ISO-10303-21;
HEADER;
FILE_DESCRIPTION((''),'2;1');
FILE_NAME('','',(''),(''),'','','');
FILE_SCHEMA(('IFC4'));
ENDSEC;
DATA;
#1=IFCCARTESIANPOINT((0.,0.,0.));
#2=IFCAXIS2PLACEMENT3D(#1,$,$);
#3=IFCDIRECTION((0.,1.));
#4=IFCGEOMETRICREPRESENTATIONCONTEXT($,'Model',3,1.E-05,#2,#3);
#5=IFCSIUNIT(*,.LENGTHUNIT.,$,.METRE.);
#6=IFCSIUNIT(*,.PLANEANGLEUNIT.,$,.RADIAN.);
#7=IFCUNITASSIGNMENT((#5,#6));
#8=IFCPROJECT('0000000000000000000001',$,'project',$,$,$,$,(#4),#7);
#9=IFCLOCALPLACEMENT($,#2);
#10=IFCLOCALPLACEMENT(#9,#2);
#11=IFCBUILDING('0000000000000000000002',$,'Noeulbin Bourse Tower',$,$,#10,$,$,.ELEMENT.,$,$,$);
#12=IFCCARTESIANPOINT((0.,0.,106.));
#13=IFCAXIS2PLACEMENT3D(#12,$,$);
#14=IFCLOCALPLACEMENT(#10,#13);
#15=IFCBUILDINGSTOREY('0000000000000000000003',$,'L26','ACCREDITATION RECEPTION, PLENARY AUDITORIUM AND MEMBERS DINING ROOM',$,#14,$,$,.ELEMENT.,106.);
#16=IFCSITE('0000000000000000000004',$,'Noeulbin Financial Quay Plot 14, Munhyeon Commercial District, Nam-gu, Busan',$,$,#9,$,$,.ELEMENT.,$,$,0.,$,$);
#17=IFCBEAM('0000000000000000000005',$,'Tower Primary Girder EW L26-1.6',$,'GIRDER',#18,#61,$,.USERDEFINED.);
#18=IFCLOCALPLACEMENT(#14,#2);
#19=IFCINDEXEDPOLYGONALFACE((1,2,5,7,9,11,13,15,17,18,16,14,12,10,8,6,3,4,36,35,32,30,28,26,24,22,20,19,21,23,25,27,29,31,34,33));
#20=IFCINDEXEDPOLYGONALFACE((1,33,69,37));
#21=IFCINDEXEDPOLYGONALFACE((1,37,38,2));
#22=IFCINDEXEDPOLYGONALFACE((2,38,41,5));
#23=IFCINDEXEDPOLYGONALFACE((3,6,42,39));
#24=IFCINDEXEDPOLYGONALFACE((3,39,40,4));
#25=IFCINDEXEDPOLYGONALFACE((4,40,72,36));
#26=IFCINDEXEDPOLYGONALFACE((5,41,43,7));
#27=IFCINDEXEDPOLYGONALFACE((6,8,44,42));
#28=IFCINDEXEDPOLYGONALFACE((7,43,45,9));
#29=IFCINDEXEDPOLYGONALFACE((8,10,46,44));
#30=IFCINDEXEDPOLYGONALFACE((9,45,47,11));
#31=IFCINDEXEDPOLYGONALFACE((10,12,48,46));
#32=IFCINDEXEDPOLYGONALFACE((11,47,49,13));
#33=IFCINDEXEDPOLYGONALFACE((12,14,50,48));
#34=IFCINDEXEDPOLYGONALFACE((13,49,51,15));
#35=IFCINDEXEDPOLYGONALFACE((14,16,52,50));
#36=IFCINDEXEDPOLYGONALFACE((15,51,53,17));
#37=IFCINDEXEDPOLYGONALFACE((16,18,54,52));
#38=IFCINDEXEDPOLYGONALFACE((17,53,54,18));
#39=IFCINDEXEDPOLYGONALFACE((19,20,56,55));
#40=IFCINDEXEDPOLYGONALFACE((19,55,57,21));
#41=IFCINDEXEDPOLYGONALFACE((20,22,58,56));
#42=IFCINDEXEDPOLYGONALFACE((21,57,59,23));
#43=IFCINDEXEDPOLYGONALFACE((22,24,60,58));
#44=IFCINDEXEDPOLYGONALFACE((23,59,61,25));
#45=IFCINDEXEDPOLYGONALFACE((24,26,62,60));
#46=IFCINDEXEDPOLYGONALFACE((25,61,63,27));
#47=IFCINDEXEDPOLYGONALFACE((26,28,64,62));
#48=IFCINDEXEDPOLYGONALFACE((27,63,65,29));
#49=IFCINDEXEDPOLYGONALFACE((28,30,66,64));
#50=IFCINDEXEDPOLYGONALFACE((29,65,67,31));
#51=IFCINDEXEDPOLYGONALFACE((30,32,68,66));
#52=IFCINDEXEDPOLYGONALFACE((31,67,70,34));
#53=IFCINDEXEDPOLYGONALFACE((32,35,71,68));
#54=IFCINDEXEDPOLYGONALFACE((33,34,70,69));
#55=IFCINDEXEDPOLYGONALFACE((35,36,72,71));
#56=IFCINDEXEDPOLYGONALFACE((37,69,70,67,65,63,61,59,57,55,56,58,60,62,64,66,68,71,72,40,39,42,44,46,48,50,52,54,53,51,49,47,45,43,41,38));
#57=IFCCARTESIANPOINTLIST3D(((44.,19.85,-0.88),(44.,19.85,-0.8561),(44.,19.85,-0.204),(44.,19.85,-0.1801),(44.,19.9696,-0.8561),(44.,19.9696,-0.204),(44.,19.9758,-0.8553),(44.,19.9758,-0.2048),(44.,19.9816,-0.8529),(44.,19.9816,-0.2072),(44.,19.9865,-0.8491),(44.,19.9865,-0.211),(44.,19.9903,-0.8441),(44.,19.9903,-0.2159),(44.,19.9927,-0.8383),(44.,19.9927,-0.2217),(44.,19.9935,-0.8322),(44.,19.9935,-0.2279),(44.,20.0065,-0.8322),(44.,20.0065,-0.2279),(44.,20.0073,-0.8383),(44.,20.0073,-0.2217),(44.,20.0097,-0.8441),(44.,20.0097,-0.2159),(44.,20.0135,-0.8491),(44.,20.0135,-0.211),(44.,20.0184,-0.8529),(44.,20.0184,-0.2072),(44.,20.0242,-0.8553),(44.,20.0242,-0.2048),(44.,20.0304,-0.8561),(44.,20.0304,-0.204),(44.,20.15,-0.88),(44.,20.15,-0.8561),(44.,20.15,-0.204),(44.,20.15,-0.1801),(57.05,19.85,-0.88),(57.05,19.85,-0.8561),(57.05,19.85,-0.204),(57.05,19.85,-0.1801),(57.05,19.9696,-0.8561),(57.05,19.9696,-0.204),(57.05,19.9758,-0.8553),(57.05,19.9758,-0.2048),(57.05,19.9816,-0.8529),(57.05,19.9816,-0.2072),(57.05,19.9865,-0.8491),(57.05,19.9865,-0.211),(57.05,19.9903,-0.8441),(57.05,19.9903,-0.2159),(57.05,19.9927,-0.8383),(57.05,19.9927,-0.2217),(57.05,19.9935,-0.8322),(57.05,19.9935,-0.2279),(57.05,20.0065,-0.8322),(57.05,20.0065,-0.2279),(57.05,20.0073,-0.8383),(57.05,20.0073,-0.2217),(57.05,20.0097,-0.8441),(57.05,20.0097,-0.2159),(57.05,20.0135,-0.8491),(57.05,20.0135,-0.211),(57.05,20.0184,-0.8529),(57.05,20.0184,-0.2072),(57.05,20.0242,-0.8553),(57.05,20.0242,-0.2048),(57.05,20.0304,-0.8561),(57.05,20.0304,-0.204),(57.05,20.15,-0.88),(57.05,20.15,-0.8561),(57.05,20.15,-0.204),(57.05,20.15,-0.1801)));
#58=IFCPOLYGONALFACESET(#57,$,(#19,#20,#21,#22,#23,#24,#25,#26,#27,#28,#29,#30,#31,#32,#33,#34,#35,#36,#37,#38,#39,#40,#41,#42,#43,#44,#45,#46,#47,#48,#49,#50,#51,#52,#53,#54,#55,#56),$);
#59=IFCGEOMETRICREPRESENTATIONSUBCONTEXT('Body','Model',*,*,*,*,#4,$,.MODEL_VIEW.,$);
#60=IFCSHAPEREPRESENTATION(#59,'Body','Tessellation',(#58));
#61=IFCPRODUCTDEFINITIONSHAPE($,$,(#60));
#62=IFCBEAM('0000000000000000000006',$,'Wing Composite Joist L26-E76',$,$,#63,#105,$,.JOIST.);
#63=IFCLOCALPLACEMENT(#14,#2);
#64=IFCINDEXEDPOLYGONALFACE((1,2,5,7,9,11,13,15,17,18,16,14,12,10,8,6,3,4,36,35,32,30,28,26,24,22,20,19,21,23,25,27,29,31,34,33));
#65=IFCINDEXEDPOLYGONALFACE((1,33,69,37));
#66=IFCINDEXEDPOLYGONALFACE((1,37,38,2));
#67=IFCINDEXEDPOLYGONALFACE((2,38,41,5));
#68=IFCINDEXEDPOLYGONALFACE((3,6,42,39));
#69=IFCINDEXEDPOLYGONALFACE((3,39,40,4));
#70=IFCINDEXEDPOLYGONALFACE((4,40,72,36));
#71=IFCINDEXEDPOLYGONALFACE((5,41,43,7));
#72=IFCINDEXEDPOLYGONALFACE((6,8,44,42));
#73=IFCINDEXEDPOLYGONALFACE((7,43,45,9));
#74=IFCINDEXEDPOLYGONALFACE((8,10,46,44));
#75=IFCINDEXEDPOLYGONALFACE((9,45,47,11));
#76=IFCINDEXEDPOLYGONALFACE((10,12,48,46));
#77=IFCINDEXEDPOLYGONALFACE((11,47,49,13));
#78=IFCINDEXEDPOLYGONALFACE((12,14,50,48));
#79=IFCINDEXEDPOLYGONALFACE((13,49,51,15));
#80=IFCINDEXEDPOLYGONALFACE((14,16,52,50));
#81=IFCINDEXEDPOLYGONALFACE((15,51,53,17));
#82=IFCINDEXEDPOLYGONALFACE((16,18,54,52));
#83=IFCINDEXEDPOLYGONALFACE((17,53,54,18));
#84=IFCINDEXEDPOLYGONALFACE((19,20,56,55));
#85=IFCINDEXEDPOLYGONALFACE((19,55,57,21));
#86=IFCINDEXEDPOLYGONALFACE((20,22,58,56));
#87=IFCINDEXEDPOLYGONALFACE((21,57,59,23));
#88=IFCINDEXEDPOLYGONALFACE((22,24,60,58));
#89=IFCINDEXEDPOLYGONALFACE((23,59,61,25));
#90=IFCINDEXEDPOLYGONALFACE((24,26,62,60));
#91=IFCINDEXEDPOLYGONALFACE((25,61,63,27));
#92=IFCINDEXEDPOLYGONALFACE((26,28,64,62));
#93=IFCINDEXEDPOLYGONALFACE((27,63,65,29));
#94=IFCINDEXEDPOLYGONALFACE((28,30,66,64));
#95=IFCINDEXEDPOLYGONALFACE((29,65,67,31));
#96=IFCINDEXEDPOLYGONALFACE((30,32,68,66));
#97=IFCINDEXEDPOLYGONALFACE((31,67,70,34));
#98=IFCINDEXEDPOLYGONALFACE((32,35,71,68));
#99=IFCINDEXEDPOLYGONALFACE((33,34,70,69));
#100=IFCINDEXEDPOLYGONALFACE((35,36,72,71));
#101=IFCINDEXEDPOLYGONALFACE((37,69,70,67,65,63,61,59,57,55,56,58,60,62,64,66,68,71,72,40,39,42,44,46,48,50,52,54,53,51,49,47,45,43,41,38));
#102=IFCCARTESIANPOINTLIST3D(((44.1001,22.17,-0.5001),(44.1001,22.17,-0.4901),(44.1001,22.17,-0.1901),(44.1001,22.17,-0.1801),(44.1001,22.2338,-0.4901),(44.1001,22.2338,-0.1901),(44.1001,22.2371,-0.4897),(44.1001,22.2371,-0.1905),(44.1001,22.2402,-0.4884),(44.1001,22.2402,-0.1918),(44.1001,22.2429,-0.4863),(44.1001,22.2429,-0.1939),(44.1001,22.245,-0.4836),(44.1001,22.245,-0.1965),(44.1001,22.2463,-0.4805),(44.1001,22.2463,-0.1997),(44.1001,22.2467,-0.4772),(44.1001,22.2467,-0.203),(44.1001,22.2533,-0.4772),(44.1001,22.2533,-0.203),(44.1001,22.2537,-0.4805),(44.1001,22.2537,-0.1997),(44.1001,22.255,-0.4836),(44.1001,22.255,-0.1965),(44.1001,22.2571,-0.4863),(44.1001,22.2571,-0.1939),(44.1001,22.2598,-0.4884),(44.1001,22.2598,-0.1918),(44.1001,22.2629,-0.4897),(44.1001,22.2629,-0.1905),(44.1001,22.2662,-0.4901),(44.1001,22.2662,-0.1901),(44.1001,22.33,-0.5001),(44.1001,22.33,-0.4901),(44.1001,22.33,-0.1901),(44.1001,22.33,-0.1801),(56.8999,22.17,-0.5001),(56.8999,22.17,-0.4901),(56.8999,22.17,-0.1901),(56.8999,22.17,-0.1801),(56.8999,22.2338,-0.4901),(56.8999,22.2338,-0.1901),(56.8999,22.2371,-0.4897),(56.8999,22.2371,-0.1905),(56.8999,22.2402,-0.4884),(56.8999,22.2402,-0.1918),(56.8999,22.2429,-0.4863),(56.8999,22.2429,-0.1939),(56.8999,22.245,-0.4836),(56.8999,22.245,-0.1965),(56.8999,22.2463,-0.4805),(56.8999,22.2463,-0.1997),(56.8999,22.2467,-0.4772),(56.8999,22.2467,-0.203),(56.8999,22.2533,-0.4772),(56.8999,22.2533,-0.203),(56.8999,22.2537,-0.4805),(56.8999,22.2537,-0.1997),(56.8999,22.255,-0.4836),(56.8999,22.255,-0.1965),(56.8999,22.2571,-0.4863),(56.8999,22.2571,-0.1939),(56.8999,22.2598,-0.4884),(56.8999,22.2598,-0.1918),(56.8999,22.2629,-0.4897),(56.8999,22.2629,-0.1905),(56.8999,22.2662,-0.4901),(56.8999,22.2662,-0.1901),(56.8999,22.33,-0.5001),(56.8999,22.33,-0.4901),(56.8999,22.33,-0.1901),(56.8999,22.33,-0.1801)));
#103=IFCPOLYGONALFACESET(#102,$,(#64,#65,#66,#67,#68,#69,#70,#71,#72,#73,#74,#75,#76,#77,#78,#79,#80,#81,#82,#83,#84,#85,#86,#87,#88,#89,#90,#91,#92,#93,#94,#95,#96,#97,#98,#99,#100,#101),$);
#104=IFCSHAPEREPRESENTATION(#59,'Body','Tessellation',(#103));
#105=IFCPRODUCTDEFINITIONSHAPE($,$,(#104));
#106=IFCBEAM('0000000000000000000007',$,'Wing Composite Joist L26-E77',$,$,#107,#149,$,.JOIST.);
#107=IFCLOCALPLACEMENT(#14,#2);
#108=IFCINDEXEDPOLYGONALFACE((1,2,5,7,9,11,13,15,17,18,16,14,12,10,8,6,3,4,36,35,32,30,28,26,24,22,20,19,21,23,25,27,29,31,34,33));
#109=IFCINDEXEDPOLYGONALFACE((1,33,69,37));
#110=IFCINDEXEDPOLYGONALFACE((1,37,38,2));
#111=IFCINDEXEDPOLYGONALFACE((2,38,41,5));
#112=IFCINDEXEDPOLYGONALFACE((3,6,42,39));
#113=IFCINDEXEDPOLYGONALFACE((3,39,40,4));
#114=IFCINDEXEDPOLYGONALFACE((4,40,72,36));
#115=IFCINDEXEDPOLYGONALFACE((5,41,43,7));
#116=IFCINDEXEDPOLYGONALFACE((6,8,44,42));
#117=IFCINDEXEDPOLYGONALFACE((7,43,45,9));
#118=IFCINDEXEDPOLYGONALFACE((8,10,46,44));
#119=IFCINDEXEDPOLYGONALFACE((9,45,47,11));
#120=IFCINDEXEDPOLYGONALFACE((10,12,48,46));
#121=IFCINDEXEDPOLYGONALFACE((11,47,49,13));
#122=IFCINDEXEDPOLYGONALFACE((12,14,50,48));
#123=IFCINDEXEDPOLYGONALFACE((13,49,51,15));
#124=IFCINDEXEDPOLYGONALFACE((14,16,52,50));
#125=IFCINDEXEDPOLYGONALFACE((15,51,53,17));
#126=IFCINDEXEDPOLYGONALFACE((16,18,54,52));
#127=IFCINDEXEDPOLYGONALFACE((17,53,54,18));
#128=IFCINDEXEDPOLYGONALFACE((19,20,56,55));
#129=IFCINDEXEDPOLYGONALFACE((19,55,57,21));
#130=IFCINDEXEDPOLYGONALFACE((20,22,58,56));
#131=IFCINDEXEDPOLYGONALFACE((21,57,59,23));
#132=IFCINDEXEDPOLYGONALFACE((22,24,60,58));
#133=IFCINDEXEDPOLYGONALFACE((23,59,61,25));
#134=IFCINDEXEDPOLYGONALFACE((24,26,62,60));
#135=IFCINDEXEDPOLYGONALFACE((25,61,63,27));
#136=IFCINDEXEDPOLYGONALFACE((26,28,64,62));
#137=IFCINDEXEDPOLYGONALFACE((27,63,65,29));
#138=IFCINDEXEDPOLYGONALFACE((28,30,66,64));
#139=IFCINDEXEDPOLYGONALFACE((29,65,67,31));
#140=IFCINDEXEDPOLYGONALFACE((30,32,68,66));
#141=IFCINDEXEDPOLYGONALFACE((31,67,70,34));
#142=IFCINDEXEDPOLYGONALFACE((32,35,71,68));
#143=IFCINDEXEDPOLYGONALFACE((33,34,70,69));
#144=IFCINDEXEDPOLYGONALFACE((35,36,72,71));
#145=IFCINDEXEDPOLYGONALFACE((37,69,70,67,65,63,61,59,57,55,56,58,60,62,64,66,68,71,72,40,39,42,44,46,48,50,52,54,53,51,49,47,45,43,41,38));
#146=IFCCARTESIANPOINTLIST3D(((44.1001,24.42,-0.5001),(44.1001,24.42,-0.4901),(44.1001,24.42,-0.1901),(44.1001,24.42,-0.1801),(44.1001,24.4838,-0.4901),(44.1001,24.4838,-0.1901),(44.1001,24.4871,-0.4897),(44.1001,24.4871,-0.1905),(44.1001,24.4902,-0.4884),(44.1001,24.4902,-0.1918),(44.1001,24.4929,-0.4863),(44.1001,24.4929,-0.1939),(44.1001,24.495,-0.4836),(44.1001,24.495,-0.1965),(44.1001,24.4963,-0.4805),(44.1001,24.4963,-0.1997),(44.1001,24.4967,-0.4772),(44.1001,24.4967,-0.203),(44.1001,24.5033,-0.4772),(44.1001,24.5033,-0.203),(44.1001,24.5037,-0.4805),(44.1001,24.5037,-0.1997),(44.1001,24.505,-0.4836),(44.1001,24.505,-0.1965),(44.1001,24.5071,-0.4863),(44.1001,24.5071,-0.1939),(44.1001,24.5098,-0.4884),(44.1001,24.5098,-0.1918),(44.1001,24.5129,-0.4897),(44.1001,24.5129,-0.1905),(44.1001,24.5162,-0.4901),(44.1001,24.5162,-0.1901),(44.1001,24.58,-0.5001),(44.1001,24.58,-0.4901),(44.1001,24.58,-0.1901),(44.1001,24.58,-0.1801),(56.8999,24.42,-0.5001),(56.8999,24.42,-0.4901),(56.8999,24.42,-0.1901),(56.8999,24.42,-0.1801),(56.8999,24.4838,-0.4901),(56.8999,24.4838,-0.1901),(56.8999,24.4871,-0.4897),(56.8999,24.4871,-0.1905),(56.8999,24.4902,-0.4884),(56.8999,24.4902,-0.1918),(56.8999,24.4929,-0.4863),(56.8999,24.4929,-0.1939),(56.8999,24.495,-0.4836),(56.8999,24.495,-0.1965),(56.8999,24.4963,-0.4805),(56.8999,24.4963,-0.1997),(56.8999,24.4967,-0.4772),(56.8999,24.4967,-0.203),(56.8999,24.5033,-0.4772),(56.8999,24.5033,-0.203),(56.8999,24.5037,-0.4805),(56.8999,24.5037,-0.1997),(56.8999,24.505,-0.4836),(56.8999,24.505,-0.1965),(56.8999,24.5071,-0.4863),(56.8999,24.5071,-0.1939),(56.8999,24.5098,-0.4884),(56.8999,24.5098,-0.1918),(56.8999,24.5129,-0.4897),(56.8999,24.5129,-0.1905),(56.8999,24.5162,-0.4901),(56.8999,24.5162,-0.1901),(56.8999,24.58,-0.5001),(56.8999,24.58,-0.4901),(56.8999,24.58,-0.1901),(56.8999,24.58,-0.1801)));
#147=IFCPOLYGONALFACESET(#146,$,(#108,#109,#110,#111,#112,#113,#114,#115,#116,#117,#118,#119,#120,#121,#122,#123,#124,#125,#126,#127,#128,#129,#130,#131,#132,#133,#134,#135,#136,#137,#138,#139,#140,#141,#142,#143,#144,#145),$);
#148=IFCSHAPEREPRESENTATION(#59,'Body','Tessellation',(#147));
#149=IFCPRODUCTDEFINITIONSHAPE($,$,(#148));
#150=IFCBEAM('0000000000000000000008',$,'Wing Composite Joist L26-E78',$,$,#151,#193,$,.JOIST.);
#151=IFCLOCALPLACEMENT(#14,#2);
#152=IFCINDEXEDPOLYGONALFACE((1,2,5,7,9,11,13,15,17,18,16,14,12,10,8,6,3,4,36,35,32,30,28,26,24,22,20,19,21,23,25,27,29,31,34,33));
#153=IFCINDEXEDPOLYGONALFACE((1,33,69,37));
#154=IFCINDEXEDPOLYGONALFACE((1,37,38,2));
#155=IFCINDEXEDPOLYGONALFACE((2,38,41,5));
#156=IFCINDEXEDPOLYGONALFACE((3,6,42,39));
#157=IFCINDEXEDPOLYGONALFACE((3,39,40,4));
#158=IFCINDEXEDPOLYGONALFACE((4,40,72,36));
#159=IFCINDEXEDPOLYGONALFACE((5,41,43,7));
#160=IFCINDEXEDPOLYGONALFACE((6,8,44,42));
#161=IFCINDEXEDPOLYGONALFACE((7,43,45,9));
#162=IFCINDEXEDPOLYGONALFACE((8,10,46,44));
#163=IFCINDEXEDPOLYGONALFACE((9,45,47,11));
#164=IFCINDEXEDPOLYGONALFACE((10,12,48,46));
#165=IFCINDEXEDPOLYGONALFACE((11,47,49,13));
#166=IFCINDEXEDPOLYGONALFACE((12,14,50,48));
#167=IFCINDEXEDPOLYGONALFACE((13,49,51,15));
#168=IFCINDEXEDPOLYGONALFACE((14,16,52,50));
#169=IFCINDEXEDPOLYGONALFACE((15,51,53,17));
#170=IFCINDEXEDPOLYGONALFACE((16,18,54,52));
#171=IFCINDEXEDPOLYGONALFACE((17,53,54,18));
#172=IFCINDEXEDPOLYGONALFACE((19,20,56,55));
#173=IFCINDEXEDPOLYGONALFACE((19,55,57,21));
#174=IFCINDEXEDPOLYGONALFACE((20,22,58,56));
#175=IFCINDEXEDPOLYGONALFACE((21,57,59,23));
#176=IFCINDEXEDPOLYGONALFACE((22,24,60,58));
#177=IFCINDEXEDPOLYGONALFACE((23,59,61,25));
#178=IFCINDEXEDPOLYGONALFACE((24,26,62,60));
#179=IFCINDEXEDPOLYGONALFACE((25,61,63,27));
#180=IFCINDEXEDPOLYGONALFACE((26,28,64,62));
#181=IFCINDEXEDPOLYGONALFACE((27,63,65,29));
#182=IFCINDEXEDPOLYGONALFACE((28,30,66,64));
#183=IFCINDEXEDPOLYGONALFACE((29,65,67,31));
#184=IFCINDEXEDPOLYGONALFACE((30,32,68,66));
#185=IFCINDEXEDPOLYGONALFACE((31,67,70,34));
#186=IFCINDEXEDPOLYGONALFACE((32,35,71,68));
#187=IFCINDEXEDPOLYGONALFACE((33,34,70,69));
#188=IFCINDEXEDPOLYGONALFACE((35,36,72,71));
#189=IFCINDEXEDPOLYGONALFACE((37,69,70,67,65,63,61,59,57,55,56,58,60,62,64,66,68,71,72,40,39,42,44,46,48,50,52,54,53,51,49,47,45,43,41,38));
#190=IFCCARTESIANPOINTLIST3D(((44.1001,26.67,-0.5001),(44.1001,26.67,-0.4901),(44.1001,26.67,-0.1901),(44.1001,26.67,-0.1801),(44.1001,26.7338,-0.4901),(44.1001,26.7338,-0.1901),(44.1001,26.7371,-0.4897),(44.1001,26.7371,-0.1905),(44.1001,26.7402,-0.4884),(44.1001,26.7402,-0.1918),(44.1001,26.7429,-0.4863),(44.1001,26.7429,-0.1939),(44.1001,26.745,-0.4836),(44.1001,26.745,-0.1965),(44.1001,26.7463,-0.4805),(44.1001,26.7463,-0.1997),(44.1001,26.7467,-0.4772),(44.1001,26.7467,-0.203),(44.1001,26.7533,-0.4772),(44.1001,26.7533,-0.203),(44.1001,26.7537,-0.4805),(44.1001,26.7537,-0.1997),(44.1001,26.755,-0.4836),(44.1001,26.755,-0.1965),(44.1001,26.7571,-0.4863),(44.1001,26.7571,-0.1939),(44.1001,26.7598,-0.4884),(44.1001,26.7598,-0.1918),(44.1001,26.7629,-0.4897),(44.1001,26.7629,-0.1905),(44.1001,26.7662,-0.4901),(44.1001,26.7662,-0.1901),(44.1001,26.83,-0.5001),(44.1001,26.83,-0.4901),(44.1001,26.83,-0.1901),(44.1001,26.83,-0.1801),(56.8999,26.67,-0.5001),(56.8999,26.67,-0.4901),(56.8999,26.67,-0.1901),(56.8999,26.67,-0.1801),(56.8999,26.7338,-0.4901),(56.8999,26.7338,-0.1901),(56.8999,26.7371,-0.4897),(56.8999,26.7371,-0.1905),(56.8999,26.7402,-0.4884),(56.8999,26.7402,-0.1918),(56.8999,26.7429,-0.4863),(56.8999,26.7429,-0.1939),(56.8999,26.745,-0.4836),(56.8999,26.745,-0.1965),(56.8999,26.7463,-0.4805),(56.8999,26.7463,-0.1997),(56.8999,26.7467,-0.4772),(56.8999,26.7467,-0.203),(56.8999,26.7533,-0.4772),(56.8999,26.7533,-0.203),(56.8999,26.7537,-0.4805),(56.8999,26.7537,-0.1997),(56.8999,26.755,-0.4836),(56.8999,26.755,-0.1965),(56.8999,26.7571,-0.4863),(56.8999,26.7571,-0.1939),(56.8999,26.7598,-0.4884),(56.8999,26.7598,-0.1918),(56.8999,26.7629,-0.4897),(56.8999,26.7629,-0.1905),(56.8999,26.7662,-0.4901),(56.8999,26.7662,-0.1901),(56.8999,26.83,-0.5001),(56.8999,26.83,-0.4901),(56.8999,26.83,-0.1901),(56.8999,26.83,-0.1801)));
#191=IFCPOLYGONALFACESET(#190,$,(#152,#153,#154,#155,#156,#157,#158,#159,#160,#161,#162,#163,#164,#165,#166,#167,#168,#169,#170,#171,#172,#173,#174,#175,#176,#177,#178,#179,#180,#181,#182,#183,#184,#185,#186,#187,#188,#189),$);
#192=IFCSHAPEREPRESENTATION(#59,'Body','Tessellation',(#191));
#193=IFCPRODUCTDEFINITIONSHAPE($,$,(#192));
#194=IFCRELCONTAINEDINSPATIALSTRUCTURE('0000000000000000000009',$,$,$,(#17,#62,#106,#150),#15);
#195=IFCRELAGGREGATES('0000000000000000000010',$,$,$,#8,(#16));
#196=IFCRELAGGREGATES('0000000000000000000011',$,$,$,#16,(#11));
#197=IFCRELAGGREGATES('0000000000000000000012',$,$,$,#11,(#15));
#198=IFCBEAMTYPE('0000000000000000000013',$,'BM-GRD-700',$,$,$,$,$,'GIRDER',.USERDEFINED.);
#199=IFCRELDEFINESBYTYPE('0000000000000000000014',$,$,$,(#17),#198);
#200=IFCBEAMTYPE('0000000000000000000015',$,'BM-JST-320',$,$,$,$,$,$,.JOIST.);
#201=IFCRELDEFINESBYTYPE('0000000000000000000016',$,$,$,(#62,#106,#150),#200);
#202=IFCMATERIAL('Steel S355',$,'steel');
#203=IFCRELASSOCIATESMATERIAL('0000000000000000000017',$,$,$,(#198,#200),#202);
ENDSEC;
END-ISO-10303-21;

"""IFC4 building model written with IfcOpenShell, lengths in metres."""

from ifc_helpers import new_model, si_unit, direction, frame, origin, origin_2d, place, context, subcontext, project, spatial, i_section, extrude, material, material_profile, profile_set, type_object, element, save


model = new_model("IFC4")

# Units and contexts
model_context = context("Model", 3, precision=1e-05, world=origin(), true_north=direction((0.0, 1.0)))
body_context = subcontext(model_context, "Body", "Model", "MODEL_VIEW")
ifc_project = project(units=[si_unit("LENGTHUNIT", "METRE"), si_unit("PLANEANGLEUNIT", "RADIAN")], contexts=[model_context])

# Site, building, storey
site_placement = place(None, origin())
site = spatial("IfcSite", under=ifc_project, at=site_placement, Name="Noeulbin Financial Quay Plot 14, Munhyeon Commercial District, Nam-gu, Busan", CompositionType="ELEMENT", RefElevation=0.0)
building_placement = place(site_placement, origin())
building = spatial("IfcBuilding", under=site, at=building_placement, Name="Noeulbin Bourse Tower", CompositionType="ELEMENT")
storey_placement = place(building_placement, frame((0.0, 0.0, 106.0)))
storey = spatial("IfcBuildingStorey", under=building, at=storey_placement, Name="L26", Description="ACCREDITATION RECEPTION, PLENARY AUDITORIUM AND MEMBERS DINING ROOM", CompositionType="ELEMENT", Elevation=106.0)

# Shared definitions
ifc_material_1 = material(Name="Steel S355", Category="steel")

# Beams
ifc_material_profile_1 = material_profile(ifc_material_1, i_section(OverallWidth=0.3, OverallDepth=0.7, WebThickness=0.0129, FlangeThickness=0.0239, FilletRadius=0.0239, at=origin_2d()), Name="H-700x300x13x24", Category="LoadBearing")
ifc_profile_set_1 = profile_set([ifc_material_profile_1], Name="Steel S355")
beam_type_1 = type_object("IfcBeamType", Name="BM-GRD-700", ElementType="GIRDER", PredefinedType="USERDEFINED", material=ifc_profile_set_1)
beam_1_placement = place(storey_placement, frame((44.0, 20.0, -0.53), z_axis=(1.0, 0.0, 0.0), x_axis=(0.0, 1.0, 0.0)))
element("IfcBeam", 1, at=beam_1_placement, inside=storey, type_object=beam_type_1, Name="Tower Primary Girder EW L26-1.6", ObjectType="GIRDER", PredefinedType="USERDEFINED", context=body_context, shape_type="SweptSolid", body=[
    extrude(i_section(OverallWidth=0.3, OverallDepth=0.7, WebThickness=0.0129, FlangeThickness=0.0239, FilletRadius=0.0239, at=origin_2d()), origin(), (0.0, 0.0, 1.0), 13.05),
])
ifc_material_profile_2 = material_profile(ifc_material_1, i_section(OverallWidth=0.1599, OverallDepth=0.3201, WebThickness=0.0066, FlangeThickness=0.01, FilletRadius=0.0129, at=origin_2d()), Name="H-320x160x6.5x10", Category="LoadBearing")
ifc_profile_set_2 = profile_set([ifc_material_profile_2], Name="Steel S355")
beam_type_2 = type_object("IfcBeamType", Name="BM-JST-320", PredefinedType="JOIST", material=ifc_profile_set_2)
for number, where, z_axis, x_axis, name in (
    (2, (44.1001, 22.25, -0.3401), (1.0, 0.0, 0.0), (0.0, 1.0, 0.0), "Wing Composite Joist L26-E76"),
    (3, (44.1001, 24.5, -0.3401), (1.0, 0.0, 0.0), (0.0, 1.0, 0.0), "Wing Composite Joist L26-E77"),
    (4, (44.1001, 26.75, -0.3401), (1.0, 0.0, 0.0), (0.0, 1.0, 0.0), "Wing Composite Joist L26-E78"),
):
    element("IfcBeam", number, at=place(storey_placement, frame(where, z_axis=z_axis, x_axis=x_axis)), inside=storey, type_object=beam_type_2, Name=name, PredefinedType="JOIST", context=body_context, shape_type="SweptSolid", body=[
        extrude(i_section(OverallWidth=0.1599, OverallDepth=0.3201, WebThickness=0.0066, FlangeThickness=0.01, FilletRadius=0.0129, at=origin_2d()), origin(), (0.0, 0.0, 1.0), 12.7998),
    ])

save(model, "model.ifc")
